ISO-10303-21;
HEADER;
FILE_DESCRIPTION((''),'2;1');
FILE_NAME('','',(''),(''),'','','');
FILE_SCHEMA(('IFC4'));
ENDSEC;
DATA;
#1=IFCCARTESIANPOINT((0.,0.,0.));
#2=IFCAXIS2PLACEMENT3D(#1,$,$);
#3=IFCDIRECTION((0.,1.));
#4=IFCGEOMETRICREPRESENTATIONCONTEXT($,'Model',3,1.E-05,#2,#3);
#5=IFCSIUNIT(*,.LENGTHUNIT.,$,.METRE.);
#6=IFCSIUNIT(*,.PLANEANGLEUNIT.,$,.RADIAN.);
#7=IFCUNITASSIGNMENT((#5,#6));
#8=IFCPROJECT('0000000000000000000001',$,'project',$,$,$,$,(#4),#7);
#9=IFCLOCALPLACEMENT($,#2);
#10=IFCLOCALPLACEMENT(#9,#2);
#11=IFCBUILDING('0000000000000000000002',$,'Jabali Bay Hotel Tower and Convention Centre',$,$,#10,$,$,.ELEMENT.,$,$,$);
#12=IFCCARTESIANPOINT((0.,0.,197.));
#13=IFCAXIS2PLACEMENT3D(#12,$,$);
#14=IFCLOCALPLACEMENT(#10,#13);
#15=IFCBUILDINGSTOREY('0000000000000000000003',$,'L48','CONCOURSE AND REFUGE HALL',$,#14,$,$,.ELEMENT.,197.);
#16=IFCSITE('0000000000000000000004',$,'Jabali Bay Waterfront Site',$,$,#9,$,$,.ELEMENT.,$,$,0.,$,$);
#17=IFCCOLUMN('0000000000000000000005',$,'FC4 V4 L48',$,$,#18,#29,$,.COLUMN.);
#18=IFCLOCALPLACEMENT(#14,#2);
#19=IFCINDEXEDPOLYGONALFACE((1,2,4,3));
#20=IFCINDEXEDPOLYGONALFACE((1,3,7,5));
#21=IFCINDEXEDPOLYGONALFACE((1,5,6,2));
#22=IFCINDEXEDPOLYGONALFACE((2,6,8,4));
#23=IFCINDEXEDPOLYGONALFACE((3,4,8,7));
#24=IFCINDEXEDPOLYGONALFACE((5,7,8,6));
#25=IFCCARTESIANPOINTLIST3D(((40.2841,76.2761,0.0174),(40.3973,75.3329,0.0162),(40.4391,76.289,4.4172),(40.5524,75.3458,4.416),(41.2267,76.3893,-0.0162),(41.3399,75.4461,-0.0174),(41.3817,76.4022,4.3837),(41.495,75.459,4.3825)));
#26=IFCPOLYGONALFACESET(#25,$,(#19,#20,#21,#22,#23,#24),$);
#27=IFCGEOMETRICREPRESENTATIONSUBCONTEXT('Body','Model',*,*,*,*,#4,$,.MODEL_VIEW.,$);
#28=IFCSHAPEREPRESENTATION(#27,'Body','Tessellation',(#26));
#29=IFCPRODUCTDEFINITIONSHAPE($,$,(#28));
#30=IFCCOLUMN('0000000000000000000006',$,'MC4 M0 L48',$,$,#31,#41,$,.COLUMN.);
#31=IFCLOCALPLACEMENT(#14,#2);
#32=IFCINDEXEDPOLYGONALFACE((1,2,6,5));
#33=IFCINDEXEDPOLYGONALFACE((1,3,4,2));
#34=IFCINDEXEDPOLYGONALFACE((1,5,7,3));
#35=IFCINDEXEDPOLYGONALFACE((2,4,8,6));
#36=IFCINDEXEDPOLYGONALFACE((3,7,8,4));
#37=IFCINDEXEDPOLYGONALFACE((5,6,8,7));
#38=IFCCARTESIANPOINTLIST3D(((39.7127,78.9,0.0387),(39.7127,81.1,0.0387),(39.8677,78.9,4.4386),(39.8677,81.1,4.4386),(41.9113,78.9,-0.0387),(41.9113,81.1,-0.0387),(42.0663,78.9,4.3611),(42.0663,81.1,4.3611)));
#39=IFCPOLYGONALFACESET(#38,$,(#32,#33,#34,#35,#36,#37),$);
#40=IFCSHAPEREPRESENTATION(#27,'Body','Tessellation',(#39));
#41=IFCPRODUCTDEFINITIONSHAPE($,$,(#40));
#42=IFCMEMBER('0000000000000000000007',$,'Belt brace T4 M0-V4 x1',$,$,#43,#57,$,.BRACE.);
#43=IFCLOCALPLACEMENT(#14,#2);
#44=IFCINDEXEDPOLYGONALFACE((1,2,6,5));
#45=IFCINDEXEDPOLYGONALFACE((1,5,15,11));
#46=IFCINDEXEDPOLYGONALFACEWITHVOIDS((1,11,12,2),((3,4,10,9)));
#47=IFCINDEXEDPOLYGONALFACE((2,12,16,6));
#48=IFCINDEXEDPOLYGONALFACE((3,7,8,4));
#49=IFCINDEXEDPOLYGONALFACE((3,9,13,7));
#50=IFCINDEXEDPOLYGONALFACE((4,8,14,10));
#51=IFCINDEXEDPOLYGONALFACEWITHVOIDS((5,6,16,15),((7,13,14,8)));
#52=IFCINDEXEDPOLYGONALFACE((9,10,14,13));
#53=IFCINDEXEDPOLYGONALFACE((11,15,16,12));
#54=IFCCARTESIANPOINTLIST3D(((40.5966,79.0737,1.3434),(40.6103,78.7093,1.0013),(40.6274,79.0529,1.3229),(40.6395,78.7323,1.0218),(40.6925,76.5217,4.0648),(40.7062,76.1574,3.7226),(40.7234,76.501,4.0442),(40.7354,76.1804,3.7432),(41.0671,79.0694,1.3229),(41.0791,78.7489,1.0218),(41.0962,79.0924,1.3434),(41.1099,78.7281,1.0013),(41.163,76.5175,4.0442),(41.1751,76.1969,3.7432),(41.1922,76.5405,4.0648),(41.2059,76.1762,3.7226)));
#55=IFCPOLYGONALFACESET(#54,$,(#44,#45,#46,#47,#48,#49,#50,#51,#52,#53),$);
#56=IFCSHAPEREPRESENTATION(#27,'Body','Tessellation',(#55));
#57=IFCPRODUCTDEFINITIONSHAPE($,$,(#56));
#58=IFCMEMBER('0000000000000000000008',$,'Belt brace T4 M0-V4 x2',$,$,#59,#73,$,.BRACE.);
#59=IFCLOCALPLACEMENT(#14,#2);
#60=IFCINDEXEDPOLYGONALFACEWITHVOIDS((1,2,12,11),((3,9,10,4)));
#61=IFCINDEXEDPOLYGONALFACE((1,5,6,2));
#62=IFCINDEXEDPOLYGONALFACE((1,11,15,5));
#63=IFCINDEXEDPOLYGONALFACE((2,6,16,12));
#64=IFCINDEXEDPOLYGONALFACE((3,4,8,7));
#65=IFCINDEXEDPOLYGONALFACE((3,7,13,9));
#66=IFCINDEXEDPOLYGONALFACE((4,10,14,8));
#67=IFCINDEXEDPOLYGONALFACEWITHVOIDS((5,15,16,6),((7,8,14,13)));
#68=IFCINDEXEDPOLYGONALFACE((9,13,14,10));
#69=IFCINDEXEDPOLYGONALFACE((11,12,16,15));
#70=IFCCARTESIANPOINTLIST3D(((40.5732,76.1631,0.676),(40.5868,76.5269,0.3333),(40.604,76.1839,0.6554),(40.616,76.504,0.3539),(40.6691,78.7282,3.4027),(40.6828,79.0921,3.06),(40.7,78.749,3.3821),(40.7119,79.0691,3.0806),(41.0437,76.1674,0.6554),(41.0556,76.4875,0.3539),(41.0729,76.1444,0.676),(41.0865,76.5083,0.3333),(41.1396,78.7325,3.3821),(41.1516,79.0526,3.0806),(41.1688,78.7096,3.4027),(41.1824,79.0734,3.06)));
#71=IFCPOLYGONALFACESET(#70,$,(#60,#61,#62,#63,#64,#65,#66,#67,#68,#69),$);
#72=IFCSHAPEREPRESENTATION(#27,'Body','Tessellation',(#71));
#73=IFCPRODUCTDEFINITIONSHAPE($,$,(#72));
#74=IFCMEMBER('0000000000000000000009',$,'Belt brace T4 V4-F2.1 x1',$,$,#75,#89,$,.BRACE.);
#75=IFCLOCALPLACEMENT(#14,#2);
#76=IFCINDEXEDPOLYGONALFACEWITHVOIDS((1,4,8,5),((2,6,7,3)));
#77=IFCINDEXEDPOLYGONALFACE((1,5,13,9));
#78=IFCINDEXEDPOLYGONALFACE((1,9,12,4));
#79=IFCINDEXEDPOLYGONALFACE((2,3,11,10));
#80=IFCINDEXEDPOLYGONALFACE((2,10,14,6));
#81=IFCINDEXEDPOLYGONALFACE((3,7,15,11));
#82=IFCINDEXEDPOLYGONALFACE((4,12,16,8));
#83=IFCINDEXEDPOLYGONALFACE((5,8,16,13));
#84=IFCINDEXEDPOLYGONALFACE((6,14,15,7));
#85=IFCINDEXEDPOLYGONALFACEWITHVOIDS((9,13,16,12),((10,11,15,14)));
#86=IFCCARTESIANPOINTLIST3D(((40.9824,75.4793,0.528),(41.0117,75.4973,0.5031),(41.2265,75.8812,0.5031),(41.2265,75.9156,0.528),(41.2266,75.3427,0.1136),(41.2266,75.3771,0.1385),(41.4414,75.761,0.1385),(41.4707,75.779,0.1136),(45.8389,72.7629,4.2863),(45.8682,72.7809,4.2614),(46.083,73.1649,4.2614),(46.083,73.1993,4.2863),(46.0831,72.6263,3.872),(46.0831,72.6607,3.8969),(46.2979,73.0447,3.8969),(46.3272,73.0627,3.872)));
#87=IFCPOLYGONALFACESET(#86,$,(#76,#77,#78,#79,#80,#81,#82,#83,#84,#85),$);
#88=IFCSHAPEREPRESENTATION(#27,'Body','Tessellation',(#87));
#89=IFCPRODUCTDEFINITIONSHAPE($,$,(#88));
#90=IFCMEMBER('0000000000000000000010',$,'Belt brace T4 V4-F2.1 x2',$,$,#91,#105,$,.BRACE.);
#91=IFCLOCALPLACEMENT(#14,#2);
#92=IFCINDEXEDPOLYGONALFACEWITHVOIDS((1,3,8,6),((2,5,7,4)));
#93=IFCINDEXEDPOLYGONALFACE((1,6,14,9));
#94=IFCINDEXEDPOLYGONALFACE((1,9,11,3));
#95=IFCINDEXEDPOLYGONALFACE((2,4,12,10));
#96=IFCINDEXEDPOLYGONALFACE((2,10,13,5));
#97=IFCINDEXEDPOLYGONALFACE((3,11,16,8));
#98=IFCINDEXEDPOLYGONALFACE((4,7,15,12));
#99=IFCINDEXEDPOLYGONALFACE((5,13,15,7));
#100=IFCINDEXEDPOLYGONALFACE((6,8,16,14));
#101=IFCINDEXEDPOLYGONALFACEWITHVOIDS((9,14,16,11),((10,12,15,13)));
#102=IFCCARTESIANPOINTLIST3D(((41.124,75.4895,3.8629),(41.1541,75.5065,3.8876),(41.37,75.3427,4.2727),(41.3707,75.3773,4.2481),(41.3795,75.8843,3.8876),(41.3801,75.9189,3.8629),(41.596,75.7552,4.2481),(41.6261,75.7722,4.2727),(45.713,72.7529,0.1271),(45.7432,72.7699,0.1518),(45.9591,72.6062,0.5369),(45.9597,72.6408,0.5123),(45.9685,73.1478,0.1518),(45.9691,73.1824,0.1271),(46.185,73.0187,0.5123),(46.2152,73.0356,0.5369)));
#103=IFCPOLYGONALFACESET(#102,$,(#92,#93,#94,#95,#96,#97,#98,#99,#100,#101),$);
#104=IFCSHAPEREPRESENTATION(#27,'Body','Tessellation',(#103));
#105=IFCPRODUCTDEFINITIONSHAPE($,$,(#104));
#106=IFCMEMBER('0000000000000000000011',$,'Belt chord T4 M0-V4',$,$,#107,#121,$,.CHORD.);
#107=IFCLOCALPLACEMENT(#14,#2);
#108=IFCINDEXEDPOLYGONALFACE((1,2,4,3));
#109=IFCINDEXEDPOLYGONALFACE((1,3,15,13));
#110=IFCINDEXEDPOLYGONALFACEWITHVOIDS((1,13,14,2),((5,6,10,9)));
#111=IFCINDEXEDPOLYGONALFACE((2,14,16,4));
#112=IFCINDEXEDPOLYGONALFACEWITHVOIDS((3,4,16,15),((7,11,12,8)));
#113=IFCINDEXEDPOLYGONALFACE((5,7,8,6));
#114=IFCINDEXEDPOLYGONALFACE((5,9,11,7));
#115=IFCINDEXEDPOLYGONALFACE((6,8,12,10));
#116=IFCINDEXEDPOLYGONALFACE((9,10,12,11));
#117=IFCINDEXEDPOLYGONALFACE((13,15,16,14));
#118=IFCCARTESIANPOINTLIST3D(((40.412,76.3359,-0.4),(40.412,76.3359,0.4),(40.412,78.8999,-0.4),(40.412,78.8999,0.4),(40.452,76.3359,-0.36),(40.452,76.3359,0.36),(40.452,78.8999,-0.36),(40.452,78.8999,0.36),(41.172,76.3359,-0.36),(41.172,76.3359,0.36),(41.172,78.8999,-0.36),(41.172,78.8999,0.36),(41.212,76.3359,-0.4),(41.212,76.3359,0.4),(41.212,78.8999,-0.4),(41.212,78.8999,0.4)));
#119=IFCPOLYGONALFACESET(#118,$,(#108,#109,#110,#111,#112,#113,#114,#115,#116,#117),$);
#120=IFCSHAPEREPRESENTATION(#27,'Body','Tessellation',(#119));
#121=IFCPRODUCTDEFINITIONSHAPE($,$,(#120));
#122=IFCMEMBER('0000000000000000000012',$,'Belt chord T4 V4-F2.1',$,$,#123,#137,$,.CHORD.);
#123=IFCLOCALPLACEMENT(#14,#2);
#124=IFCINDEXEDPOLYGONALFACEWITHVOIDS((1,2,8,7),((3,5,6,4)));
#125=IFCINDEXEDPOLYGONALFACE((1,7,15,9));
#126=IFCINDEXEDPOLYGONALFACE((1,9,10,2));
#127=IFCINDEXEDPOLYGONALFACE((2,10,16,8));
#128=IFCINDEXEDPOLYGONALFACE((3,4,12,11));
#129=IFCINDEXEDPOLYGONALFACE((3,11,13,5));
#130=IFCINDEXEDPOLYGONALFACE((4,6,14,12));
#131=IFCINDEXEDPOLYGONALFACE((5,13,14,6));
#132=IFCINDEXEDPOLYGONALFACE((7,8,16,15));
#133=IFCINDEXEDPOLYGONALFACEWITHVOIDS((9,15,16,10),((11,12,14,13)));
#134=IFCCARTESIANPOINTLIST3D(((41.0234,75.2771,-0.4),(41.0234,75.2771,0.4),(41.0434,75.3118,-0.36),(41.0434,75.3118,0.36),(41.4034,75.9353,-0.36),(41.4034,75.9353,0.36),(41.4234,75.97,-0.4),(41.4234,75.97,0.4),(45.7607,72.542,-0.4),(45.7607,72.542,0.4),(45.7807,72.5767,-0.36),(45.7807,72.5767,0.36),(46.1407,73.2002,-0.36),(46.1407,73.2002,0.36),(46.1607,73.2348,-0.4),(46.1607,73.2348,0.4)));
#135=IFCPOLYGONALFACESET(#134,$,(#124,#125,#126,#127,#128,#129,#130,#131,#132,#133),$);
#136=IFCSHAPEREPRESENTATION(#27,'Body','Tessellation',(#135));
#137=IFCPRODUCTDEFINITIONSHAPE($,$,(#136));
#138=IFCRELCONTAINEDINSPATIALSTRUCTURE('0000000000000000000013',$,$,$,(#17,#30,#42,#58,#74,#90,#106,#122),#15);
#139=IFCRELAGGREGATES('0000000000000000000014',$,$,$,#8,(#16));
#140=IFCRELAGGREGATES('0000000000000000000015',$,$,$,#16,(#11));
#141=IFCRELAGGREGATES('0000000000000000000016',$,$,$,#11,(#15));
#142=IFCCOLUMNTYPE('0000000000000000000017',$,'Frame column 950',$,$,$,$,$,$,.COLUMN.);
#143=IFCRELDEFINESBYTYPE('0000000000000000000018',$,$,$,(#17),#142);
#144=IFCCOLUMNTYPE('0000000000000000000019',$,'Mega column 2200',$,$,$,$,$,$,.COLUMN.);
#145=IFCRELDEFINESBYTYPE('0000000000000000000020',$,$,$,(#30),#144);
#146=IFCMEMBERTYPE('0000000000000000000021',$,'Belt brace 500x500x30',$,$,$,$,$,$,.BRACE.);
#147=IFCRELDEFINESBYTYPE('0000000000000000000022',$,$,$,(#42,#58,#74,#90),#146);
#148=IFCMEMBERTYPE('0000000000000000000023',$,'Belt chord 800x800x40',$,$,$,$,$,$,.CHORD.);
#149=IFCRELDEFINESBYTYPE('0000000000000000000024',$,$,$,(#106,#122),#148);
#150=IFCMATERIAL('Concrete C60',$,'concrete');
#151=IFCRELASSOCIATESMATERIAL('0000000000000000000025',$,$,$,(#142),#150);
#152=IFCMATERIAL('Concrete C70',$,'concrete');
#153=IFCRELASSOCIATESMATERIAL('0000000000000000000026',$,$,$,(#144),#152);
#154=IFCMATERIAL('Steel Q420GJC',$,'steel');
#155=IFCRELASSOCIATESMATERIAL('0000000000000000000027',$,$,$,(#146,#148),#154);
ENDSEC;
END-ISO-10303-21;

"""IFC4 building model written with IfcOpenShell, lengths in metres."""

from ifc_helpers import new_model, si_unit, direction, frame, origin, origin_2d, place, context, subcontext, project, spatial, rectangle, hollow_rectangle, extrude, material, material_profile, profile_set, type_object, element, save


model = new_model("IFC4")

# Units and contexts
model_context = context("Model", 3, precision=1e-05, world=origin(), true_north=direction((0.0, 1.0)))
body_context = subcontext(model_context, "Body", "Model", "MODEL_VIEW")
ifc_project = project(units=[si_unit("LENGTHUNIT", "METRE"), si_unit("PLANEANGLEUNIT", "RADIAN")], contexts=[model_context])

# Site, building, storey
site_placement = place(None, origin())
site = spatial("IfcSite", under=ifc_project, at=site_placement, Name="Jabali Bay Waterfront Site", CompositionType="ELEMENT", RefElevation=0.0)
building_placement = place(site_placement, origin())
building = spatial("IfcBuilding", under=site, at=building_placement, Name="Jabali Bay Hotel Tower and Convention Centre", CompositionType="ELEMENT")
storey_placement = place(building_placement, frame((0.0, 0.0, 197.0)))
storey = spatial("IfcBuildingStorey", under=building, at=storey_placement, Name="L48", Description="CONCOURSE AND REFUGE HALL", CompositionType="ELEMENT", Elevation=197.0)

# Columns
ifc_material_1 = material(Name="Concrete C60", Category="concrete")
ifc_material_profile_1 = material_profile(ifc_material_1, rectangle(XDim=0.95, YDim=0.95, at=origin_2d()), Name="Frame column 950")
ifc_profile_set_1 = profile_set([ifc_material_profile_1], Name="Concrete C60")
column_type_1 = type_object("IfcColumnType", Name="Frame column 950", PredefinedType="COLUMN", material=ifc_profile_set_1)
column_1_placement = place(storey_placement, frame((40.812, 75.8611, 0.0), z_axis=(0.035213, 0.002939, 0.999376), x_axis=(-0.119215, 0.992868, 0.001281)))
element("IfcColumn", 1, at=column_1_placement, inside=storey, type_object=column_type_1, Name="FC4 V4 L48", PredefinedType="COLUMN", context=body_context, shape_type="SweptSolid", body=[
    extrude(rectangle(XDim=0.95, YDim=0.95, at=origin_2d()), origin(), (0.0, 0.0, 1.0), 4.4026),
])
ifc_material_2 = material(Name="Concrete C70", Category="concrete")
ifc_material_profile_2 = material_profile(ifc_material_2, rectangle(XDim=2.2, YDim=2.2, at=origin_2d()), Name="Mega column 2200")
ifc_profile_set_2 = profile_set([ifc_material_profile_2], Name="Concrete C70")
column_type_2 = type_object("IfcColumnType", Name="Mega column 2200", PredefinedType="COLUMN", material=ifc_profile_set_2)
column_2_placement = place(storey_placement, frame((40.812, 80.0, 0.0), z_axis=(0.035213, 0.0, 0.99938), x_axis=(0.0, 1.0, 0.0)))
element("IfcColumn", 2, at=column_2_placement, inside=storey, type_object=column_type_2, Name="MC4 M0 L48", PredefinedType="COLUMN", context=body_context, shape_type="SweptSolid", body=[
    extrude(rectangle(XDim=2.2, YDim=2.2, at=origin_2d()), origin(), (0.0, 0.0, 1.0), 4.4026),
])

# Members
ifc_material_3 = material(Name="Steel Q420GJC", Category="steel")
ifc_material_profile_3 = material_profile(ifc_material_3, hollow_rectangle(XDim=0.5, YDim=0.5, WallThickness=0.03, at=origin_2d()), Name="Belt brace 500x500x30")
ifc_profile_set_3 = profile_set([ifc_material_profile_3], Name="Steel Q420GJC")
member_type_1 = type_object("IfcMemberType", Name="Belt brace 500x500x30", PredefinedType="BRACE", material=ifc_profile_set_3)
member_1_placement = place(storey_placement, frame((40.8533, 78.9009, 1.1724), z_axis=(0.025709, -0.683809, 0.729208), x_axis=(0.999294, 0.03757, 0.0)))
element("IfcMember", 3, at=member_1_placement, inside=storey, type_object=member_type_1, Name="Belt brace T4 M0-V4 x1", PredefinedType="BRACE", context=body_context, shape_type="SweptSolid", body=[
    extrude(hollow_rectangle(XDim=0.5, YDim=0.5, WallThickness=0.03, at=origin_2d()), origin(), (0.0, 0.0, 1.0), 3.7319),
])
member_2_placement = place(storey_placement, frame((40.8298, 76.3357, 0.5046), z_axis=(0.02562, 0.684967, 0.728124), x_axis=(-0.999301, 0.037377, 0.0)))
element("IfcMember", 4, at=member_2_placement, inside=storey, type_object=member_type_1, Name="Belt brace T4 M0-V4 x2", PredefinedType="BRACE", context=body_context, shape_type="SweptSolid", body=[
    extrude(hollow_rectangle(XDim=0.5, YDim=0.5, WallThickness=0.03, at=origin_2d()), origin(), (0.0, 0.0, 1.0), 3.7449),
])
member_3_placement = place(storey_placement, frame((41.2266, 75.6292, 0.3208), z_axis=(0.723248, -0.404527, 0.559706), x_axis=(0.488152, 0.872759, 0.0)))
element("IfcMember", 5, at=member_3_placement, inside=storey, type_object=member_type_1, Name="Belt brace T4 V4-F2.1 x1", PredefinedType="BRACE", context=body_context, shape_type="SweptSolid", body=[
    extrude(hollow_rectangle(XDim=0.5, YDim=0.5, WallThickness=0.03, at=origin_2d()), origin(), (0.0, 0.0, 1.0), 6.7148),
])
member_4_placement = place(storey_placement, frame((45.9641, 72.8943, 0.332), z_axis=(-0.703894, 0.419745, 0.573016), x_axis=(-0.512169, -0.858885, 0.0)))
element("IfcMember", 6, at=member_4_placement, inside=storey, type_object=member_type_1, Name="Belt brace T4 V4-F2.1 x2", PredefinedType="BRACE", context=body_context, shape_type="SweptSolid", body=[
    extrude(hollow_rectangle(XDim=0.5, YDim=0.5, WallThickness=0.03, at=origin_2d()), origin(), (0.0, 0.0, 1.0), 6.5195),
])
ifc_material_profile_4 = material_profile(ifc_material_3, hollow_rectangle(XDim=0.8, YDim=0.8, WallThickness=0.04, at=origin_2d()), Name="Belt chord 800x800x40")
ifc_profile_set_4 = profile_set([ifc_material_profile_4], Name="Steel Q420GJC")
member_type_2 = type_object("IfcMemberType", Name="Belt chord 800x800x40", PredefinedType="CHORD", material=ifc_profile_set_4)
member_5_placement = place(storey_placement, frame((40.812, 78.8999, 0.0), z_axis=(0.0, -1.0, 0.0), x_axis=(1.0, 0.0, 0.0)))
element("IfcMember", 7, at=member_5_placement, inside=storey, type_object=member_type_2, Name="Belt chord T4 M0-V4", PredefinedType="CHORD", context=body_context, shape_type="SweptSolid", body=[
    extrude(hollow_rectangle(XDim=0.8, YDim=0.8, WallThickness=0.04, at=origin_2d()), origin(), (0.0, 0.0, 1.0), 2.564),
])
member_6_placement = place(storey_placement, frame((41.2234, 75.6235, 0.0), z_axis=(0.866024, -0.500003, 0.0), x_axis=(0.500003, 0.866024, 0.0)))
element("IfcMember", 8, at=member_6_placement, inside=storey, type_object=member_type_2, Name="Belt chord T4 V4-F2.1", PredefinedType="CHORD", context=body_context, shape_type="SweptSolid", body=[
    extrude(hollow_rectangle(XDim=0.8, YDim=0.8, WallThickness=0.04, at=origin_2d()), origin(), (0.0, 0.0, 1.0), 5.4702),
])

save(model, "model.ifc")
